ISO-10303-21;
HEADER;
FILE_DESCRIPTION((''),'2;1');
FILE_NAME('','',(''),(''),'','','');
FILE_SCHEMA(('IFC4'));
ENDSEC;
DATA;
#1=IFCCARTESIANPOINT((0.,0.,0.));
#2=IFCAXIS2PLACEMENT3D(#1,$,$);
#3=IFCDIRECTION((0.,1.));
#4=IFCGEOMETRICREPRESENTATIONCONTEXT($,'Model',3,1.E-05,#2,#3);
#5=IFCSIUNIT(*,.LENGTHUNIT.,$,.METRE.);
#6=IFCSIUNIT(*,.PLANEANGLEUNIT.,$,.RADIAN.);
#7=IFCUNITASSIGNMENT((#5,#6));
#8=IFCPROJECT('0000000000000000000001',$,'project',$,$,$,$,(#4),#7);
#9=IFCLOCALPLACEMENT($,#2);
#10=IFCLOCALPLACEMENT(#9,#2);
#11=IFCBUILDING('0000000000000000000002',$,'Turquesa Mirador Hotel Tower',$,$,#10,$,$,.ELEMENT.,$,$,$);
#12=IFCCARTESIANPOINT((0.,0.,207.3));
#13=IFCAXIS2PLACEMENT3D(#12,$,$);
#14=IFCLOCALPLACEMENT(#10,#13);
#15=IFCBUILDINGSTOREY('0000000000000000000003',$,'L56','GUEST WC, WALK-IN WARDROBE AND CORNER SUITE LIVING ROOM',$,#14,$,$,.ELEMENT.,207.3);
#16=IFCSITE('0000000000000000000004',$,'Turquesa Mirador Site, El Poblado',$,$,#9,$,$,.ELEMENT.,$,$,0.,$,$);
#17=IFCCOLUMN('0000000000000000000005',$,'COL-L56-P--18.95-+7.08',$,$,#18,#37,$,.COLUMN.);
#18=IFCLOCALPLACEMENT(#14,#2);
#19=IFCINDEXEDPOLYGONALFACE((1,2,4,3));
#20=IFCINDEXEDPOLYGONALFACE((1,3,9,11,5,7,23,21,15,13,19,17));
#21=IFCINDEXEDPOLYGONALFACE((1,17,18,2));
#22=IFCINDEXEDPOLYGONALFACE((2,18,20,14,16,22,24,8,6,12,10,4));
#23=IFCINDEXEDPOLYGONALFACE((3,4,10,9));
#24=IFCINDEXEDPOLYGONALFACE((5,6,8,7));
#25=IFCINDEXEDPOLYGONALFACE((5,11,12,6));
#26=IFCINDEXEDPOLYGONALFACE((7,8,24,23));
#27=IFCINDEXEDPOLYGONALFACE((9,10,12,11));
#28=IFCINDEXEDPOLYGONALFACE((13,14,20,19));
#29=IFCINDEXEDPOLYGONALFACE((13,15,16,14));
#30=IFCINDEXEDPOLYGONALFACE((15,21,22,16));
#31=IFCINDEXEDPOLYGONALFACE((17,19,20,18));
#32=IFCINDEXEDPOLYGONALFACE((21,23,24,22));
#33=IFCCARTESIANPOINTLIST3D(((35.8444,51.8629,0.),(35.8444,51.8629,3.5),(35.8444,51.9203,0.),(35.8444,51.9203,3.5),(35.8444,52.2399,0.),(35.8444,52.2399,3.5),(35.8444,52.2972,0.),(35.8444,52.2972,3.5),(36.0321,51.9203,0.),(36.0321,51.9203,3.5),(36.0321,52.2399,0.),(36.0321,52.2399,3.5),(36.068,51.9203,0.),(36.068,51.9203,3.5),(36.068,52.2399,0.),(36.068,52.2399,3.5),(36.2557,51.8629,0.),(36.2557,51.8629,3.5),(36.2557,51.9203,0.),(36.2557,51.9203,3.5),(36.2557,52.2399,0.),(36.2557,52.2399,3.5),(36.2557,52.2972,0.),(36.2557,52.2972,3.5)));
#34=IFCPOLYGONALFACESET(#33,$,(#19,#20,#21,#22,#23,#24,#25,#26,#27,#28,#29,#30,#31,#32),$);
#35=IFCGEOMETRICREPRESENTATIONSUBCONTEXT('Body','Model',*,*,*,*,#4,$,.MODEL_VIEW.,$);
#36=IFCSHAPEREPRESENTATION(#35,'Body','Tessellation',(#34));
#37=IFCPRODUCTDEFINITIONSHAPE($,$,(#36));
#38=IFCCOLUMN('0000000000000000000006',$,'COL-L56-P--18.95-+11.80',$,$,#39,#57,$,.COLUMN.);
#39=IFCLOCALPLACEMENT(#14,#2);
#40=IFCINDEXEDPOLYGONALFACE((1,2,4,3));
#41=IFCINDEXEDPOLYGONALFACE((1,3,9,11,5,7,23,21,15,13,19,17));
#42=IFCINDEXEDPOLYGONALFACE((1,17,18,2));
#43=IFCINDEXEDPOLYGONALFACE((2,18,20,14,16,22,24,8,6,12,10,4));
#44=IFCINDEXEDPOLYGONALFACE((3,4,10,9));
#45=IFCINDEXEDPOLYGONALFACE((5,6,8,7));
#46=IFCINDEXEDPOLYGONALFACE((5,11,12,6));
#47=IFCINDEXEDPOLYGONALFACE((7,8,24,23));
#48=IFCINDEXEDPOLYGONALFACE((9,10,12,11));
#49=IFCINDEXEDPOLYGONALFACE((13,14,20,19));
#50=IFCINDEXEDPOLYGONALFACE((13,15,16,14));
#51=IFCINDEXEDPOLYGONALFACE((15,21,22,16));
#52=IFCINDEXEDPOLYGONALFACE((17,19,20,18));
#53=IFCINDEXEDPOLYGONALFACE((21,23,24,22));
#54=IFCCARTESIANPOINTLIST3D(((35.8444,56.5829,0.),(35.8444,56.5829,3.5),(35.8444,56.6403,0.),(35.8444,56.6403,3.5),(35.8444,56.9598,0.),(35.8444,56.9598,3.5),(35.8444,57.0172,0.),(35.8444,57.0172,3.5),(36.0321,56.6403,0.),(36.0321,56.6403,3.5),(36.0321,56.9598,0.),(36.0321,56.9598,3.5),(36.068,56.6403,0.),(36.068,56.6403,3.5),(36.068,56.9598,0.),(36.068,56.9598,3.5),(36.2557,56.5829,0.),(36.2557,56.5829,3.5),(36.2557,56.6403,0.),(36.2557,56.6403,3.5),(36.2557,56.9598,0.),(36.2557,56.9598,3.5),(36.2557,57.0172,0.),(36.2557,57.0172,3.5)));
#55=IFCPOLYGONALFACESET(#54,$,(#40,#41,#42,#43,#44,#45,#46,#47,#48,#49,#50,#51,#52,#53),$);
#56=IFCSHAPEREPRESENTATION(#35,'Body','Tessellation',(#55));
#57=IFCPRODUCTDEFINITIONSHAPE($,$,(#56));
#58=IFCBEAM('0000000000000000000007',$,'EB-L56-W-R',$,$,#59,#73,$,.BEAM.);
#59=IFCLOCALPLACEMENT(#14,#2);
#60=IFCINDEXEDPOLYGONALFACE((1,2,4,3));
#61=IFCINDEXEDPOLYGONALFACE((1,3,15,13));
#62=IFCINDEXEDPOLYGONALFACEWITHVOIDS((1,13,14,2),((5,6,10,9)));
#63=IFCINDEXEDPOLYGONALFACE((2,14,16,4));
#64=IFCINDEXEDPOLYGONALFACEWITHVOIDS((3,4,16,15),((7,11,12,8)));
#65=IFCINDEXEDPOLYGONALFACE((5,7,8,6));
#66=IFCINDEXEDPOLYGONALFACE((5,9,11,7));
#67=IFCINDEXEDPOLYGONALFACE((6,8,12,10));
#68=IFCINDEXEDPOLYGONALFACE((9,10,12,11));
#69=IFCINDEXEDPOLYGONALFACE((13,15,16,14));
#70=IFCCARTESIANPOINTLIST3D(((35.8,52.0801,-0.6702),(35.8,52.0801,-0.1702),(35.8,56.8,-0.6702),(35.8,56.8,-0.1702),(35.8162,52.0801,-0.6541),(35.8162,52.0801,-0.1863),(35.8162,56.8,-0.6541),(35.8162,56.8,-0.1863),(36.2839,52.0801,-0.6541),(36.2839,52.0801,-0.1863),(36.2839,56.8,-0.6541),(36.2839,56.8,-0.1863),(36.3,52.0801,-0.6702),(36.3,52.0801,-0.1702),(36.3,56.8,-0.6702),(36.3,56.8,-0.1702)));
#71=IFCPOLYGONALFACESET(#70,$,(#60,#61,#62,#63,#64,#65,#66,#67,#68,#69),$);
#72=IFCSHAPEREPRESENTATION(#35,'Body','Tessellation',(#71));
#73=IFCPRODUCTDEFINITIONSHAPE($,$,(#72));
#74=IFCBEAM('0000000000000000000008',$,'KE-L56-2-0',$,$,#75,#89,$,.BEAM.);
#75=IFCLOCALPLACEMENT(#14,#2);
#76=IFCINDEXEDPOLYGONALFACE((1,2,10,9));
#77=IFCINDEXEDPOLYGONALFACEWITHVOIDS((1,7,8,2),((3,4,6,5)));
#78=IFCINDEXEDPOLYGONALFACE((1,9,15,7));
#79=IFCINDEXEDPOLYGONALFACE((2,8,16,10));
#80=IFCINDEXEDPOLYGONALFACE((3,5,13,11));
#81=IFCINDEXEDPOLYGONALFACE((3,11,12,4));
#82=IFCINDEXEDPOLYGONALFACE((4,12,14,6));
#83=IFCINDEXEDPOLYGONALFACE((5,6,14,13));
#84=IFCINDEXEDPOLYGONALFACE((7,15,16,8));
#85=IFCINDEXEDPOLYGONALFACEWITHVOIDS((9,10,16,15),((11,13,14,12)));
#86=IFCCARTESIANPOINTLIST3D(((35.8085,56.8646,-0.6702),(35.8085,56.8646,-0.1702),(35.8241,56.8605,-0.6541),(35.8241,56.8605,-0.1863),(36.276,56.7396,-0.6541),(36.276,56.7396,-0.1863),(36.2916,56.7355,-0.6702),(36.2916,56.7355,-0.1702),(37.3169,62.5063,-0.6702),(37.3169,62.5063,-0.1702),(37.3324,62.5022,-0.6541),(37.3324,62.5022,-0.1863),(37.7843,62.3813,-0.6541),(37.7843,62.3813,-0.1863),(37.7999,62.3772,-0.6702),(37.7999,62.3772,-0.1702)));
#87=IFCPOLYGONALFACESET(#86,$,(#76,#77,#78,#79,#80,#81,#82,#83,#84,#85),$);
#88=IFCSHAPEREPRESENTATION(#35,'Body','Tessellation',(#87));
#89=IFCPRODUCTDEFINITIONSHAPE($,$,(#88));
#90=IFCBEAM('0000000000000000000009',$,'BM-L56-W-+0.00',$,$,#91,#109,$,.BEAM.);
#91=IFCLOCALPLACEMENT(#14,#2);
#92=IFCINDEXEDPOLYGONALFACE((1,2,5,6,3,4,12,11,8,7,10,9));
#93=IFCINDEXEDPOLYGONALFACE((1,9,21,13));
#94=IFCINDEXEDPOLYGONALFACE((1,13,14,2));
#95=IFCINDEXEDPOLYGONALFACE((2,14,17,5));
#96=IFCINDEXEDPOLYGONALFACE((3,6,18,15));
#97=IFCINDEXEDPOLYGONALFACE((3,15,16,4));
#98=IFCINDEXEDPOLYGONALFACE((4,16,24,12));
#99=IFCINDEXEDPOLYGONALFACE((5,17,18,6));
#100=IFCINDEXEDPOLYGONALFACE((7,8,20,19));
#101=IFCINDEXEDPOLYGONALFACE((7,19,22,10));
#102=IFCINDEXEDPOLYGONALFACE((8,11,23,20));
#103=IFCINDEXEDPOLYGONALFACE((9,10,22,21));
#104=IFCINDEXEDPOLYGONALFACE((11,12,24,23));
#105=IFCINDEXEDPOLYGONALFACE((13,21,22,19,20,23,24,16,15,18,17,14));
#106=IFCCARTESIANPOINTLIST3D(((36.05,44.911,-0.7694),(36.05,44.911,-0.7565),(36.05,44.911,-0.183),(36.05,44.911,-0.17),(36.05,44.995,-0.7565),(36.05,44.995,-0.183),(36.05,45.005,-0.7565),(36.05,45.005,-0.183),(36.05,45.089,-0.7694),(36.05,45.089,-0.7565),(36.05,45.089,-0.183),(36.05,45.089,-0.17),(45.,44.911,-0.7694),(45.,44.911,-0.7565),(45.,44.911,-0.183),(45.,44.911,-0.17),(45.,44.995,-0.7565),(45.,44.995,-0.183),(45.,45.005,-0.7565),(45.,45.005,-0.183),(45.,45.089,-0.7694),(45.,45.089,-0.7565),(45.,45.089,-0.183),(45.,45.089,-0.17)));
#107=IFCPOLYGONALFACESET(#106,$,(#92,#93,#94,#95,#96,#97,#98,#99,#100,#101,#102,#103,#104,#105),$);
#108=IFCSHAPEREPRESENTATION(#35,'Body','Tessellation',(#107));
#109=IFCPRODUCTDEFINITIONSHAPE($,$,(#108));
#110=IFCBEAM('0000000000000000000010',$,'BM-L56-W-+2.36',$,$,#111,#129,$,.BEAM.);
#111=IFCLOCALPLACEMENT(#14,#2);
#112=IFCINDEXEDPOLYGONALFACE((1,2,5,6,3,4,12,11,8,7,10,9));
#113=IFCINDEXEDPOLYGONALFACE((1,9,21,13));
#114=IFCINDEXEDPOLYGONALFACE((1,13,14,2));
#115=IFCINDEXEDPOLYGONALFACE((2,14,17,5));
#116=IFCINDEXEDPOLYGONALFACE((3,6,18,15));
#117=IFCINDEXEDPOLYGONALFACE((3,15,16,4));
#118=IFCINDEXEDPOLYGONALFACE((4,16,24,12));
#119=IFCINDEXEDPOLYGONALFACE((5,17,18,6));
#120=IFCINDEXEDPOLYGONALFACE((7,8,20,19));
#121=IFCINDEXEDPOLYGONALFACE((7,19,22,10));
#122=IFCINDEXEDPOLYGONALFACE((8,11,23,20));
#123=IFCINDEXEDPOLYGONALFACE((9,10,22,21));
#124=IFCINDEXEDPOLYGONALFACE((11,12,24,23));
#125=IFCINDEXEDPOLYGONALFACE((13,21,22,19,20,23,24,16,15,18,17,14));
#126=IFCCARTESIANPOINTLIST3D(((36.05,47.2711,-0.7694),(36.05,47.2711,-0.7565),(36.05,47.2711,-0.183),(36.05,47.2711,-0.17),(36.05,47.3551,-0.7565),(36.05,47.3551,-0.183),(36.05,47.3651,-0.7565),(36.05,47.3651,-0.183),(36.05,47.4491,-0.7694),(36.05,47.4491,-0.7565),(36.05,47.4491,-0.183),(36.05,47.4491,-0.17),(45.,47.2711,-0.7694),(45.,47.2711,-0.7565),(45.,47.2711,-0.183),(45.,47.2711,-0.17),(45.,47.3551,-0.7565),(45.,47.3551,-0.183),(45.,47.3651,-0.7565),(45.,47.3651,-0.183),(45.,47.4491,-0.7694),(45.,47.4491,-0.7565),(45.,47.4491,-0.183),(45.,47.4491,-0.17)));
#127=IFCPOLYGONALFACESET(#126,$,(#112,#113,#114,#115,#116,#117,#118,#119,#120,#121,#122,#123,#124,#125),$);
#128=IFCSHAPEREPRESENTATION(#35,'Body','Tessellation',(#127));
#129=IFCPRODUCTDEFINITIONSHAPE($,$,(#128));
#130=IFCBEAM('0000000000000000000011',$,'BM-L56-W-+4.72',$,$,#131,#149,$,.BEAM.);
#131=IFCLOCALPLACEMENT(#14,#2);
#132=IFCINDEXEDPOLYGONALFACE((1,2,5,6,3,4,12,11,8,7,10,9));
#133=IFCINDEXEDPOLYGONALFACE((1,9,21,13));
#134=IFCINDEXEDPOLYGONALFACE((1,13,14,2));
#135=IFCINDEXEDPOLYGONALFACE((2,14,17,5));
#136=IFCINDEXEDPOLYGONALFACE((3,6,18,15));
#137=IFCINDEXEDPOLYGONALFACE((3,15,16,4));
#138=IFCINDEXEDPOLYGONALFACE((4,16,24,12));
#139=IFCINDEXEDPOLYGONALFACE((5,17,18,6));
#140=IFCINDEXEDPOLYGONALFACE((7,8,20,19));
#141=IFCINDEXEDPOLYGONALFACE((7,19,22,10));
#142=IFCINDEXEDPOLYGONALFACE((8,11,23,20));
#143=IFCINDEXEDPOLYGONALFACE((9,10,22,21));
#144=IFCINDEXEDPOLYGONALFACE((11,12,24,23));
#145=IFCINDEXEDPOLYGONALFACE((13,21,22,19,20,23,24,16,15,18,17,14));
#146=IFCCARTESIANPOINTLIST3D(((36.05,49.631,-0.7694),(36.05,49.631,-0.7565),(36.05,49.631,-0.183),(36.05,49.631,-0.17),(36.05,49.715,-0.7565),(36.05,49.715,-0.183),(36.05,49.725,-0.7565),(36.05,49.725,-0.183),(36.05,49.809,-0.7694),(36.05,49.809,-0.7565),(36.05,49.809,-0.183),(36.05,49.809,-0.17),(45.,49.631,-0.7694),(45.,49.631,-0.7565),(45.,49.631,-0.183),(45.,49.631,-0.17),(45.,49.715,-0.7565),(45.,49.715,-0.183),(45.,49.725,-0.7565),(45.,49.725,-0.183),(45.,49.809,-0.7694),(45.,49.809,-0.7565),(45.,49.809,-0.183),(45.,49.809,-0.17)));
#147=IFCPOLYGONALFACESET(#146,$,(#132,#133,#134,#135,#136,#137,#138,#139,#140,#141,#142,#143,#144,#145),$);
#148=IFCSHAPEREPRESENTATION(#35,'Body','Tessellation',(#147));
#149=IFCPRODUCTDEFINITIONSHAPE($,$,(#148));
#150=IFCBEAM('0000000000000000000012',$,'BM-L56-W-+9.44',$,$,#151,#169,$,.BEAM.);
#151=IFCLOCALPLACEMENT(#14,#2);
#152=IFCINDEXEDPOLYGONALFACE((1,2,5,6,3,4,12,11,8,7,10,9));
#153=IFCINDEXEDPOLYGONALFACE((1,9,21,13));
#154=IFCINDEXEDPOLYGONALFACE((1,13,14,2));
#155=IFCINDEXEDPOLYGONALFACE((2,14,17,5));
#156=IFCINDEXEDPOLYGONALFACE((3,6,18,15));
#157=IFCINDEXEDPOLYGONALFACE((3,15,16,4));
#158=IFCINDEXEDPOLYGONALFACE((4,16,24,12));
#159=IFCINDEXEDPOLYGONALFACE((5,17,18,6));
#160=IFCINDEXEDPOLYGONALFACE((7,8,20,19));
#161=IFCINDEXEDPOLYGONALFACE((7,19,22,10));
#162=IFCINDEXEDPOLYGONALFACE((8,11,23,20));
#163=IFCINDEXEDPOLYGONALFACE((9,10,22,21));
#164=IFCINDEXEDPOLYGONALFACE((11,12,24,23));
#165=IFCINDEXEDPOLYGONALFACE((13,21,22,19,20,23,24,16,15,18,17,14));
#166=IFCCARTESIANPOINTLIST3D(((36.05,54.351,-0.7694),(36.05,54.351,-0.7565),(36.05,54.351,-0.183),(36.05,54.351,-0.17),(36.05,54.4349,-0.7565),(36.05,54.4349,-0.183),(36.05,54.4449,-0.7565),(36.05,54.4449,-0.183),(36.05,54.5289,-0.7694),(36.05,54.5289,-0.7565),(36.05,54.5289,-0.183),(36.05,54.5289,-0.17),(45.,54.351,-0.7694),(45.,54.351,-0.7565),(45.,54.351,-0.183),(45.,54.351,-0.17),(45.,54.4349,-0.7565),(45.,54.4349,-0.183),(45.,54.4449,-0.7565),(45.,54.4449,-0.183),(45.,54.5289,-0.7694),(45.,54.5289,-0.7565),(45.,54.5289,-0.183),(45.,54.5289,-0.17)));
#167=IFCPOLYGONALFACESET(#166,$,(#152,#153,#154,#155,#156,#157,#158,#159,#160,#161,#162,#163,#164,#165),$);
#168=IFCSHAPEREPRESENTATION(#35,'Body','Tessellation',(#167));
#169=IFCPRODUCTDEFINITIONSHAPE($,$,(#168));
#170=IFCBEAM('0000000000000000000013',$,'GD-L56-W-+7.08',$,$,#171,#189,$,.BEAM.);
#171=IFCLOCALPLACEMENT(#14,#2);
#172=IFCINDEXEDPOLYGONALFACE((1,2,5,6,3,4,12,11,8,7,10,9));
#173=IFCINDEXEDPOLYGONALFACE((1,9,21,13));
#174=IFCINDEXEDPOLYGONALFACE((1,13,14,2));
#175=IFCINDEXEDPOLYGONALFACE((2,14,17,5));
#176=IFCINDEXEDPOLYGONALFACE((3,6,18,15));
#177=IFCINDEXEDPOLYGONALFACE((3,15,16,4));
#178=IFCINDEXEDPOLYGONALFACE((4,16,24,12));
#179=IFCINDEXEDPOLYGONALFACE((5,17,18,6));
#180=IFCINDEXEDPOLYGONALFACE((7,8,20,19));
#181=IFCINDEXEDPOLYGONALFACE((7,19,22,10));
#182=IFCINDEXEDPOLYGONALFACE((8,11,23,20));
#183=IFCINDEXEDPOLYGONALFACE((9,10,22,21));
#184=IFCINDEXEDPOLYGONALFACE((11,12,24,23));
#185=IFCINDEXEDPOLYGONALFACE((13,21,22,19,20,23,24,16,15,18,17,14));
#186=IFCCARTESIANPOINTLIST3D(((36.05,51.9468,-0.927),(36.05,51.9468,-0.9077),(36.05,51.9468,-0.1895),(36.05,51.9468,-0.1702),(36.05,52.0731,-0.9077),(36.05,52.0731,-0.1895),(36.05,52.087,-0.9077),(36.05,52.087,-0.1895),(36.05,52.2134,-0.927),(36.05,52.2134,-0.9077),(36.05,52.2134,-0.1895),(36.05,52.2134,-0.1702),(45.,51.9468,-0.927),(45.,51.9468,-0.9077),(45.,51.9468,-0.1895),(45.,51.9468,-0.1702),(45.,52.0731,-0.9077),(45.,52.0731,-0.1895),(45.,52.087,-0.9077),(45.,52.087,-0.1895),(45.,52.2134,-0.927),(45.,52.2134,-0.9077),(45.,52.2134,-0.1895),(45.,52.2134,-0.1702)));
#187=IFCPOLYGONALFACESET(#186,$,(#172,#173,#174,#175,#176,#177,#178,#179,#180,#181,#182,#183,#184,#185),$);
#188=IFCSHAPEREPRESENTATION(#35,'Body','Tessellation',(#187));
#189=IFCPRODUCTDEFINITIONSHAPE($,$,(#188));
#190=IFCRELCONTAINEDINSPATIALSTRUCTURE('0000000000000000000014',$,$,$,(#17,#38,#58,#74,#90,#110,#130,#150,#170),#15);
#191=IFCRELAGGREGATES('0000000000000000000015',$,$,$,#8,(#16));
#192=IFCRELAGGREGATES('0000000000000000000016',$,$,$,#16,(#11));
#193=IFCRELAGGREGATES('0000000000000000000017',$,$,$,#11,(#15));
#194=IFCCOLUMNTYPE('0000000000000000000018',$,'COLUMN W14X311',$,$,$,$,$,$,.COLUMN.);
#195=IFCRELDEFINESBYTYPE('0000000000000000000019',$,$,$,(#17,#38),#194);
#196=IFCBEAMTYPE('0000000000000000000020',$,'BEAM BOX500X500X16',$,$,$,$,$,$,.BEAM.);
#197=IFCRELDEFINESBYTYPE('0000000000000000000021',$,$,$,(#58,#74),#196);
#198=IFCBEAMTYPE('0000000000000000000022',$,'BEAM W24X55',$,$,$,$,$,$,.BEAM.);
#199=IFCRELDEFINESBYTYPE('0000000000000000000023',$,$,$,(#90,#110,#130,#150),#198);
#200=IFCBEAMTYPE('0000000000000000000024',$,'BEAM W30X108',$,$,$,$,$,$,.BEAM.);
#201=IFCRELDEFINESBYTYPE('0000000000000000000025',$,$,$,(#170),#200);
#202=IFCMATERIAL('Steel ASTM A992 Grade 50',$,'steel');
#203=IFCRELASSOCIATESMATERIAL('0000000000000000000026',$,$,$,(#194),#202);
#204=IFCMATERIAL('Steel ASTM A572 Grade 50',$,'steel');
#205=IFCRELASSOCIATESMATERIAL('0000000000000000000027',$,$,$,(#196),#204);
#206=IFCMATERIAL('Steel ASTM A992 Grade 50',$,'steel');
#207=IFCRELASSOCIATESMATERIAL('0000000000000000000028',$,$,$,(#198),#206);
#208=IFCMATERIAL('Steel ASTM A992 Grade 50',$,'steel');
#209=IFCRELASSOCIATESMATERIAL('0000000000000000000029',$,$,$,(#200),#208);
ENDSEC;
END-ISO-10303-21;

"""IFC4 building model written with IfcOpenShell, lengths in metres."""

from ifc_helpers import new_model, si_unit, direction, frame, origin, origin_2d, place, context, subcontext, project, spatial, hollow_rectangle, i_section, extrude, material, material_profile, profile_set, type_object, element, save


model = new_model("IFC4")

# Units and contexts
model_context = context("Model", 3, precision=1e-05, world=origin(), true_north=direction((0.0, 1.0)))
body_context = subcontext(model_context, "Body", "Model", "MODEL_VIEW")
ifc_project = project(units=[si_unit("LENGTHUNIT", "METRE"), si_unit("PLANEANGLEUNIT", "RADIAN")], contexts=[model_context])

# Site, building, storey
site_placement = place(None, origin())
site = spatial("IfcSite", under=ifc_project, at=site_placement, Name="Turquesa Mirador Site, El Poblado", CompositionType="ELEMENT", RefElevation=0.0)
building_placement = place(site_placement, origin())
building = spatial("IfcBuilding", under=site, at=building_placement, Name="Turquesa Mirador Hotel Tower", CompositionType="ELEMENT")
storey_placement = place(building_placement, frame((0.0, 0.0, 207.3)))
storey = spatial("IfcBuildingStorey", under=building, at=storey_placement, Name="L56", Description="GUEST WC, WALK-IN WARDROBE AND CORNER SUITE LIVING ROOM", CompositionType="ELEMENT", Elevation=207.3)

# Columns
ifc_material_1 = material(Name="Steel ASTM A992 Grade 50", Category="steel")
ifc_material_profile_1 = material_profile(ifc_material_1, i_section(OverallWidth=0.4114, OverallDepth=0.4343, WebThickness=0.0359, FlangeThickness=0.0574, at=origin_2d()), Name="W14X311")
ifc_profile_set_1 = profile_set([ifc_material_profile_1], Name="Steel ASTM A992 Grade 50")
column_type = type_object("IfcColumnType", Name="COLUMN W14X311", PredefinedType="COLUMN", material=ifc_profile_set_1)
for number, where, z_axis, x_axis, name in (
    (1, (36.05, 52.0801, 0.0), (0.0, 0.0, 1.0), (1.0, 0.0, 0.0), "COL-L56-P--18.95-+7.08"),
    (2, (36.05, 56.8, 0.0), (0.0, 0.0, 1.0), (1.0, 0.0, 0.0), "COL-L56-P--18.95-+11.80"),
):
    element("IfcColumn", number, at=place(storey_placement, frame(where, z_axis=z_axis, x_axis=x_axis)), inside=storey, type_object=column_type, Name=name, PredefinedType="COLUMN", context=body_context, shape_type="SweptSolid", body=[
        extrude(i_section(OverallWidth=0.4114, OverallDepth=0.4343, WebThickness=0.0359, FlangeThickness=0.0574, at=origin_2d()), origin(), (0.0, 0.0, 1.0), 3.5),
    ])

# Beams
ifc_material_2 = material(Name="Steel ASTM A572 Grade 50", Category="steel")
ifc_material_profile_2 = material_profile(ifc_material_2, hollow_rectangle(XDim=0.5, YDim=0.5, WallThickness=0.0161, at=origin_2d()), Name="BOX500X500X16")
ifc_profile_set_2 = profile_set([ifc_material_profile_2], Name="Steel ASTM A572 Grade 50")
beam_type_1 = type_object("IfcBeamType", Name="BEAM BOX500X500X16", PredefinedType="BEAM", material=ifc_profile_set_2)
beam_1_placement = place(storey_placement, frame((36.05, 52.0801, -0.4202), z_axis=(0.0, 1.0, 0.0), x_axis=(-1.0, 0.0, 0.0)))
element("IfcBeam", 3, at=beam_1_placement, inside=storey, type_object=beam_type_1, Name="EB-L56-W-R", PredefinedType="BEAM", context=body_context, shape_type="SweptSolid", body=[
    extrude(hollow_rectangle(XDim=0.5, YDim=0.5, WallThickness=0.0161, at=origin_2d()), origin(), (0.0, 0.0, 1.0), 4.72),
])
beam_2_placement = place(storey_placement, frame((36.05, 56.8, -0.4202), z_axis=(0.258282, 0.96607, 0.0), x_axis=(-0.96607, 0.258282, 0.0)))
element("IfcBeam", 4, at=beam_2_placement, inside=storey, type_object=beam_type_1, Name="KE-L56-2-0", PredefinedType="BEAM", context=body_context, shape_type="SweptSolid", body=[
    extrude(hollow_rectangle(XDim=0.5, YDim=0.5, WallThickness=0.0161, at=origin_2d()), origin(), (0.0, 0.0, 1.0), 5.8398),
])
ifc_material_3 = material(Name="Steel ASTM A992 Grade 50", Category="steel")
ifc_material_profile_3 = material_profile(ifc_material_3, i_section(OverallWidth=0.178, OverallDepth=0.5994, WebThickness=0.01, FlangeThickness=0.0129, at=origin_2d()), Name="W24X55")
ifc_profile_set_3 = profile_set([ifc_material_profile_3], Name="Steel ASTM A992 Grade 50")
beam_type_2 = type_object("IfcBeamType", Name="BEAM W24X55", PredefinedType="BEAM", material=ifc_profile_set_3)
for number, where, z_axis, x_axis, name in (
    (5, (36.05, 45.0, -0.4697), (1.0, 0.0, 0.0), (0.0, 1.0, 0.0), "BM-L56-W-+0.00"),
    (6, (36.05, 47.3601, -0.4697), (1.0, 0.0, 0.0), (0.0, 1.0, 0.0), "BM-L56-W-+2.36"),
    (7, (36.05, 49.72, -0.4697), (1.0, 0.0, 0.0), (0.0, 1.0, 0.0), "BM-L56-W-+4.72"),
    (8, (36.05, 54.4399, -0.4697), (1.0, 0.0, 0.0), (0.0, 1.0, 0.0), "BM-L56-W-+9.44"),
):
    element("IfcBeam", number, at=place(storey_placement, frame(where, z_axis=z_axis, x_axis=x_axis)), inside=storey, type_object=beam_type_2, Name=name, PredefinedType="BEAM", context=body_context, shape_type="SweptSolid", body=[
        extrude(i_section(OverallWidth=0.178, OverallDepth=0.5994, WebThickness=0.01, FlangeThickness=0.0129, at=origin_2d()), origin(), (0.0, 0.0, 1.0), 8.95),
    ])
ifc_material_4 = material(Name="Steel ASTM A992 Grade 50", Category="steel")
ifc_material_profile_4 = material_profile(ifc_material_4, i_section(OverallWidth=0.2666, OverallDepth=0.7568, WebThickness=0.0139, FlangeThickness=0.0193, at=origin_2d()), Name="W30X108")
ifc_profile_set_4 = profile_set([ifc_material_profile_4], Name="Steel ASTM A992 Grade 50")
beam_type_3 = type_object("IfcBeamType", Name="BEAM W30X108", PredefinedType="BEAM", material=ifc_profile_set_4)
beam_3_placement = place(storey_placement, frame((36.05, 52.0801, -0.5486), z_axis=(1.0, 0.0, 0.0), x_axis=(0.0, 1.0, 0.0)))
element("IfcBeam", 9, at=beam_3_placement, inside=storey, type_object=beam_type_3, Name="GD-L56-W-+7.08", PredefinedType="BEAM", context=body_context, shape_type="SweptSolid", body=[
    extrude(i_section(OverallWidth=0.2666, OverallDepth=0.7568, WebThickness=0.0139, FlangeThickness=0.0193, at=origin_2d()), origin(), (0.0, 0.0, 1.0), 8.95),
])

save(model, "model.ifc")
